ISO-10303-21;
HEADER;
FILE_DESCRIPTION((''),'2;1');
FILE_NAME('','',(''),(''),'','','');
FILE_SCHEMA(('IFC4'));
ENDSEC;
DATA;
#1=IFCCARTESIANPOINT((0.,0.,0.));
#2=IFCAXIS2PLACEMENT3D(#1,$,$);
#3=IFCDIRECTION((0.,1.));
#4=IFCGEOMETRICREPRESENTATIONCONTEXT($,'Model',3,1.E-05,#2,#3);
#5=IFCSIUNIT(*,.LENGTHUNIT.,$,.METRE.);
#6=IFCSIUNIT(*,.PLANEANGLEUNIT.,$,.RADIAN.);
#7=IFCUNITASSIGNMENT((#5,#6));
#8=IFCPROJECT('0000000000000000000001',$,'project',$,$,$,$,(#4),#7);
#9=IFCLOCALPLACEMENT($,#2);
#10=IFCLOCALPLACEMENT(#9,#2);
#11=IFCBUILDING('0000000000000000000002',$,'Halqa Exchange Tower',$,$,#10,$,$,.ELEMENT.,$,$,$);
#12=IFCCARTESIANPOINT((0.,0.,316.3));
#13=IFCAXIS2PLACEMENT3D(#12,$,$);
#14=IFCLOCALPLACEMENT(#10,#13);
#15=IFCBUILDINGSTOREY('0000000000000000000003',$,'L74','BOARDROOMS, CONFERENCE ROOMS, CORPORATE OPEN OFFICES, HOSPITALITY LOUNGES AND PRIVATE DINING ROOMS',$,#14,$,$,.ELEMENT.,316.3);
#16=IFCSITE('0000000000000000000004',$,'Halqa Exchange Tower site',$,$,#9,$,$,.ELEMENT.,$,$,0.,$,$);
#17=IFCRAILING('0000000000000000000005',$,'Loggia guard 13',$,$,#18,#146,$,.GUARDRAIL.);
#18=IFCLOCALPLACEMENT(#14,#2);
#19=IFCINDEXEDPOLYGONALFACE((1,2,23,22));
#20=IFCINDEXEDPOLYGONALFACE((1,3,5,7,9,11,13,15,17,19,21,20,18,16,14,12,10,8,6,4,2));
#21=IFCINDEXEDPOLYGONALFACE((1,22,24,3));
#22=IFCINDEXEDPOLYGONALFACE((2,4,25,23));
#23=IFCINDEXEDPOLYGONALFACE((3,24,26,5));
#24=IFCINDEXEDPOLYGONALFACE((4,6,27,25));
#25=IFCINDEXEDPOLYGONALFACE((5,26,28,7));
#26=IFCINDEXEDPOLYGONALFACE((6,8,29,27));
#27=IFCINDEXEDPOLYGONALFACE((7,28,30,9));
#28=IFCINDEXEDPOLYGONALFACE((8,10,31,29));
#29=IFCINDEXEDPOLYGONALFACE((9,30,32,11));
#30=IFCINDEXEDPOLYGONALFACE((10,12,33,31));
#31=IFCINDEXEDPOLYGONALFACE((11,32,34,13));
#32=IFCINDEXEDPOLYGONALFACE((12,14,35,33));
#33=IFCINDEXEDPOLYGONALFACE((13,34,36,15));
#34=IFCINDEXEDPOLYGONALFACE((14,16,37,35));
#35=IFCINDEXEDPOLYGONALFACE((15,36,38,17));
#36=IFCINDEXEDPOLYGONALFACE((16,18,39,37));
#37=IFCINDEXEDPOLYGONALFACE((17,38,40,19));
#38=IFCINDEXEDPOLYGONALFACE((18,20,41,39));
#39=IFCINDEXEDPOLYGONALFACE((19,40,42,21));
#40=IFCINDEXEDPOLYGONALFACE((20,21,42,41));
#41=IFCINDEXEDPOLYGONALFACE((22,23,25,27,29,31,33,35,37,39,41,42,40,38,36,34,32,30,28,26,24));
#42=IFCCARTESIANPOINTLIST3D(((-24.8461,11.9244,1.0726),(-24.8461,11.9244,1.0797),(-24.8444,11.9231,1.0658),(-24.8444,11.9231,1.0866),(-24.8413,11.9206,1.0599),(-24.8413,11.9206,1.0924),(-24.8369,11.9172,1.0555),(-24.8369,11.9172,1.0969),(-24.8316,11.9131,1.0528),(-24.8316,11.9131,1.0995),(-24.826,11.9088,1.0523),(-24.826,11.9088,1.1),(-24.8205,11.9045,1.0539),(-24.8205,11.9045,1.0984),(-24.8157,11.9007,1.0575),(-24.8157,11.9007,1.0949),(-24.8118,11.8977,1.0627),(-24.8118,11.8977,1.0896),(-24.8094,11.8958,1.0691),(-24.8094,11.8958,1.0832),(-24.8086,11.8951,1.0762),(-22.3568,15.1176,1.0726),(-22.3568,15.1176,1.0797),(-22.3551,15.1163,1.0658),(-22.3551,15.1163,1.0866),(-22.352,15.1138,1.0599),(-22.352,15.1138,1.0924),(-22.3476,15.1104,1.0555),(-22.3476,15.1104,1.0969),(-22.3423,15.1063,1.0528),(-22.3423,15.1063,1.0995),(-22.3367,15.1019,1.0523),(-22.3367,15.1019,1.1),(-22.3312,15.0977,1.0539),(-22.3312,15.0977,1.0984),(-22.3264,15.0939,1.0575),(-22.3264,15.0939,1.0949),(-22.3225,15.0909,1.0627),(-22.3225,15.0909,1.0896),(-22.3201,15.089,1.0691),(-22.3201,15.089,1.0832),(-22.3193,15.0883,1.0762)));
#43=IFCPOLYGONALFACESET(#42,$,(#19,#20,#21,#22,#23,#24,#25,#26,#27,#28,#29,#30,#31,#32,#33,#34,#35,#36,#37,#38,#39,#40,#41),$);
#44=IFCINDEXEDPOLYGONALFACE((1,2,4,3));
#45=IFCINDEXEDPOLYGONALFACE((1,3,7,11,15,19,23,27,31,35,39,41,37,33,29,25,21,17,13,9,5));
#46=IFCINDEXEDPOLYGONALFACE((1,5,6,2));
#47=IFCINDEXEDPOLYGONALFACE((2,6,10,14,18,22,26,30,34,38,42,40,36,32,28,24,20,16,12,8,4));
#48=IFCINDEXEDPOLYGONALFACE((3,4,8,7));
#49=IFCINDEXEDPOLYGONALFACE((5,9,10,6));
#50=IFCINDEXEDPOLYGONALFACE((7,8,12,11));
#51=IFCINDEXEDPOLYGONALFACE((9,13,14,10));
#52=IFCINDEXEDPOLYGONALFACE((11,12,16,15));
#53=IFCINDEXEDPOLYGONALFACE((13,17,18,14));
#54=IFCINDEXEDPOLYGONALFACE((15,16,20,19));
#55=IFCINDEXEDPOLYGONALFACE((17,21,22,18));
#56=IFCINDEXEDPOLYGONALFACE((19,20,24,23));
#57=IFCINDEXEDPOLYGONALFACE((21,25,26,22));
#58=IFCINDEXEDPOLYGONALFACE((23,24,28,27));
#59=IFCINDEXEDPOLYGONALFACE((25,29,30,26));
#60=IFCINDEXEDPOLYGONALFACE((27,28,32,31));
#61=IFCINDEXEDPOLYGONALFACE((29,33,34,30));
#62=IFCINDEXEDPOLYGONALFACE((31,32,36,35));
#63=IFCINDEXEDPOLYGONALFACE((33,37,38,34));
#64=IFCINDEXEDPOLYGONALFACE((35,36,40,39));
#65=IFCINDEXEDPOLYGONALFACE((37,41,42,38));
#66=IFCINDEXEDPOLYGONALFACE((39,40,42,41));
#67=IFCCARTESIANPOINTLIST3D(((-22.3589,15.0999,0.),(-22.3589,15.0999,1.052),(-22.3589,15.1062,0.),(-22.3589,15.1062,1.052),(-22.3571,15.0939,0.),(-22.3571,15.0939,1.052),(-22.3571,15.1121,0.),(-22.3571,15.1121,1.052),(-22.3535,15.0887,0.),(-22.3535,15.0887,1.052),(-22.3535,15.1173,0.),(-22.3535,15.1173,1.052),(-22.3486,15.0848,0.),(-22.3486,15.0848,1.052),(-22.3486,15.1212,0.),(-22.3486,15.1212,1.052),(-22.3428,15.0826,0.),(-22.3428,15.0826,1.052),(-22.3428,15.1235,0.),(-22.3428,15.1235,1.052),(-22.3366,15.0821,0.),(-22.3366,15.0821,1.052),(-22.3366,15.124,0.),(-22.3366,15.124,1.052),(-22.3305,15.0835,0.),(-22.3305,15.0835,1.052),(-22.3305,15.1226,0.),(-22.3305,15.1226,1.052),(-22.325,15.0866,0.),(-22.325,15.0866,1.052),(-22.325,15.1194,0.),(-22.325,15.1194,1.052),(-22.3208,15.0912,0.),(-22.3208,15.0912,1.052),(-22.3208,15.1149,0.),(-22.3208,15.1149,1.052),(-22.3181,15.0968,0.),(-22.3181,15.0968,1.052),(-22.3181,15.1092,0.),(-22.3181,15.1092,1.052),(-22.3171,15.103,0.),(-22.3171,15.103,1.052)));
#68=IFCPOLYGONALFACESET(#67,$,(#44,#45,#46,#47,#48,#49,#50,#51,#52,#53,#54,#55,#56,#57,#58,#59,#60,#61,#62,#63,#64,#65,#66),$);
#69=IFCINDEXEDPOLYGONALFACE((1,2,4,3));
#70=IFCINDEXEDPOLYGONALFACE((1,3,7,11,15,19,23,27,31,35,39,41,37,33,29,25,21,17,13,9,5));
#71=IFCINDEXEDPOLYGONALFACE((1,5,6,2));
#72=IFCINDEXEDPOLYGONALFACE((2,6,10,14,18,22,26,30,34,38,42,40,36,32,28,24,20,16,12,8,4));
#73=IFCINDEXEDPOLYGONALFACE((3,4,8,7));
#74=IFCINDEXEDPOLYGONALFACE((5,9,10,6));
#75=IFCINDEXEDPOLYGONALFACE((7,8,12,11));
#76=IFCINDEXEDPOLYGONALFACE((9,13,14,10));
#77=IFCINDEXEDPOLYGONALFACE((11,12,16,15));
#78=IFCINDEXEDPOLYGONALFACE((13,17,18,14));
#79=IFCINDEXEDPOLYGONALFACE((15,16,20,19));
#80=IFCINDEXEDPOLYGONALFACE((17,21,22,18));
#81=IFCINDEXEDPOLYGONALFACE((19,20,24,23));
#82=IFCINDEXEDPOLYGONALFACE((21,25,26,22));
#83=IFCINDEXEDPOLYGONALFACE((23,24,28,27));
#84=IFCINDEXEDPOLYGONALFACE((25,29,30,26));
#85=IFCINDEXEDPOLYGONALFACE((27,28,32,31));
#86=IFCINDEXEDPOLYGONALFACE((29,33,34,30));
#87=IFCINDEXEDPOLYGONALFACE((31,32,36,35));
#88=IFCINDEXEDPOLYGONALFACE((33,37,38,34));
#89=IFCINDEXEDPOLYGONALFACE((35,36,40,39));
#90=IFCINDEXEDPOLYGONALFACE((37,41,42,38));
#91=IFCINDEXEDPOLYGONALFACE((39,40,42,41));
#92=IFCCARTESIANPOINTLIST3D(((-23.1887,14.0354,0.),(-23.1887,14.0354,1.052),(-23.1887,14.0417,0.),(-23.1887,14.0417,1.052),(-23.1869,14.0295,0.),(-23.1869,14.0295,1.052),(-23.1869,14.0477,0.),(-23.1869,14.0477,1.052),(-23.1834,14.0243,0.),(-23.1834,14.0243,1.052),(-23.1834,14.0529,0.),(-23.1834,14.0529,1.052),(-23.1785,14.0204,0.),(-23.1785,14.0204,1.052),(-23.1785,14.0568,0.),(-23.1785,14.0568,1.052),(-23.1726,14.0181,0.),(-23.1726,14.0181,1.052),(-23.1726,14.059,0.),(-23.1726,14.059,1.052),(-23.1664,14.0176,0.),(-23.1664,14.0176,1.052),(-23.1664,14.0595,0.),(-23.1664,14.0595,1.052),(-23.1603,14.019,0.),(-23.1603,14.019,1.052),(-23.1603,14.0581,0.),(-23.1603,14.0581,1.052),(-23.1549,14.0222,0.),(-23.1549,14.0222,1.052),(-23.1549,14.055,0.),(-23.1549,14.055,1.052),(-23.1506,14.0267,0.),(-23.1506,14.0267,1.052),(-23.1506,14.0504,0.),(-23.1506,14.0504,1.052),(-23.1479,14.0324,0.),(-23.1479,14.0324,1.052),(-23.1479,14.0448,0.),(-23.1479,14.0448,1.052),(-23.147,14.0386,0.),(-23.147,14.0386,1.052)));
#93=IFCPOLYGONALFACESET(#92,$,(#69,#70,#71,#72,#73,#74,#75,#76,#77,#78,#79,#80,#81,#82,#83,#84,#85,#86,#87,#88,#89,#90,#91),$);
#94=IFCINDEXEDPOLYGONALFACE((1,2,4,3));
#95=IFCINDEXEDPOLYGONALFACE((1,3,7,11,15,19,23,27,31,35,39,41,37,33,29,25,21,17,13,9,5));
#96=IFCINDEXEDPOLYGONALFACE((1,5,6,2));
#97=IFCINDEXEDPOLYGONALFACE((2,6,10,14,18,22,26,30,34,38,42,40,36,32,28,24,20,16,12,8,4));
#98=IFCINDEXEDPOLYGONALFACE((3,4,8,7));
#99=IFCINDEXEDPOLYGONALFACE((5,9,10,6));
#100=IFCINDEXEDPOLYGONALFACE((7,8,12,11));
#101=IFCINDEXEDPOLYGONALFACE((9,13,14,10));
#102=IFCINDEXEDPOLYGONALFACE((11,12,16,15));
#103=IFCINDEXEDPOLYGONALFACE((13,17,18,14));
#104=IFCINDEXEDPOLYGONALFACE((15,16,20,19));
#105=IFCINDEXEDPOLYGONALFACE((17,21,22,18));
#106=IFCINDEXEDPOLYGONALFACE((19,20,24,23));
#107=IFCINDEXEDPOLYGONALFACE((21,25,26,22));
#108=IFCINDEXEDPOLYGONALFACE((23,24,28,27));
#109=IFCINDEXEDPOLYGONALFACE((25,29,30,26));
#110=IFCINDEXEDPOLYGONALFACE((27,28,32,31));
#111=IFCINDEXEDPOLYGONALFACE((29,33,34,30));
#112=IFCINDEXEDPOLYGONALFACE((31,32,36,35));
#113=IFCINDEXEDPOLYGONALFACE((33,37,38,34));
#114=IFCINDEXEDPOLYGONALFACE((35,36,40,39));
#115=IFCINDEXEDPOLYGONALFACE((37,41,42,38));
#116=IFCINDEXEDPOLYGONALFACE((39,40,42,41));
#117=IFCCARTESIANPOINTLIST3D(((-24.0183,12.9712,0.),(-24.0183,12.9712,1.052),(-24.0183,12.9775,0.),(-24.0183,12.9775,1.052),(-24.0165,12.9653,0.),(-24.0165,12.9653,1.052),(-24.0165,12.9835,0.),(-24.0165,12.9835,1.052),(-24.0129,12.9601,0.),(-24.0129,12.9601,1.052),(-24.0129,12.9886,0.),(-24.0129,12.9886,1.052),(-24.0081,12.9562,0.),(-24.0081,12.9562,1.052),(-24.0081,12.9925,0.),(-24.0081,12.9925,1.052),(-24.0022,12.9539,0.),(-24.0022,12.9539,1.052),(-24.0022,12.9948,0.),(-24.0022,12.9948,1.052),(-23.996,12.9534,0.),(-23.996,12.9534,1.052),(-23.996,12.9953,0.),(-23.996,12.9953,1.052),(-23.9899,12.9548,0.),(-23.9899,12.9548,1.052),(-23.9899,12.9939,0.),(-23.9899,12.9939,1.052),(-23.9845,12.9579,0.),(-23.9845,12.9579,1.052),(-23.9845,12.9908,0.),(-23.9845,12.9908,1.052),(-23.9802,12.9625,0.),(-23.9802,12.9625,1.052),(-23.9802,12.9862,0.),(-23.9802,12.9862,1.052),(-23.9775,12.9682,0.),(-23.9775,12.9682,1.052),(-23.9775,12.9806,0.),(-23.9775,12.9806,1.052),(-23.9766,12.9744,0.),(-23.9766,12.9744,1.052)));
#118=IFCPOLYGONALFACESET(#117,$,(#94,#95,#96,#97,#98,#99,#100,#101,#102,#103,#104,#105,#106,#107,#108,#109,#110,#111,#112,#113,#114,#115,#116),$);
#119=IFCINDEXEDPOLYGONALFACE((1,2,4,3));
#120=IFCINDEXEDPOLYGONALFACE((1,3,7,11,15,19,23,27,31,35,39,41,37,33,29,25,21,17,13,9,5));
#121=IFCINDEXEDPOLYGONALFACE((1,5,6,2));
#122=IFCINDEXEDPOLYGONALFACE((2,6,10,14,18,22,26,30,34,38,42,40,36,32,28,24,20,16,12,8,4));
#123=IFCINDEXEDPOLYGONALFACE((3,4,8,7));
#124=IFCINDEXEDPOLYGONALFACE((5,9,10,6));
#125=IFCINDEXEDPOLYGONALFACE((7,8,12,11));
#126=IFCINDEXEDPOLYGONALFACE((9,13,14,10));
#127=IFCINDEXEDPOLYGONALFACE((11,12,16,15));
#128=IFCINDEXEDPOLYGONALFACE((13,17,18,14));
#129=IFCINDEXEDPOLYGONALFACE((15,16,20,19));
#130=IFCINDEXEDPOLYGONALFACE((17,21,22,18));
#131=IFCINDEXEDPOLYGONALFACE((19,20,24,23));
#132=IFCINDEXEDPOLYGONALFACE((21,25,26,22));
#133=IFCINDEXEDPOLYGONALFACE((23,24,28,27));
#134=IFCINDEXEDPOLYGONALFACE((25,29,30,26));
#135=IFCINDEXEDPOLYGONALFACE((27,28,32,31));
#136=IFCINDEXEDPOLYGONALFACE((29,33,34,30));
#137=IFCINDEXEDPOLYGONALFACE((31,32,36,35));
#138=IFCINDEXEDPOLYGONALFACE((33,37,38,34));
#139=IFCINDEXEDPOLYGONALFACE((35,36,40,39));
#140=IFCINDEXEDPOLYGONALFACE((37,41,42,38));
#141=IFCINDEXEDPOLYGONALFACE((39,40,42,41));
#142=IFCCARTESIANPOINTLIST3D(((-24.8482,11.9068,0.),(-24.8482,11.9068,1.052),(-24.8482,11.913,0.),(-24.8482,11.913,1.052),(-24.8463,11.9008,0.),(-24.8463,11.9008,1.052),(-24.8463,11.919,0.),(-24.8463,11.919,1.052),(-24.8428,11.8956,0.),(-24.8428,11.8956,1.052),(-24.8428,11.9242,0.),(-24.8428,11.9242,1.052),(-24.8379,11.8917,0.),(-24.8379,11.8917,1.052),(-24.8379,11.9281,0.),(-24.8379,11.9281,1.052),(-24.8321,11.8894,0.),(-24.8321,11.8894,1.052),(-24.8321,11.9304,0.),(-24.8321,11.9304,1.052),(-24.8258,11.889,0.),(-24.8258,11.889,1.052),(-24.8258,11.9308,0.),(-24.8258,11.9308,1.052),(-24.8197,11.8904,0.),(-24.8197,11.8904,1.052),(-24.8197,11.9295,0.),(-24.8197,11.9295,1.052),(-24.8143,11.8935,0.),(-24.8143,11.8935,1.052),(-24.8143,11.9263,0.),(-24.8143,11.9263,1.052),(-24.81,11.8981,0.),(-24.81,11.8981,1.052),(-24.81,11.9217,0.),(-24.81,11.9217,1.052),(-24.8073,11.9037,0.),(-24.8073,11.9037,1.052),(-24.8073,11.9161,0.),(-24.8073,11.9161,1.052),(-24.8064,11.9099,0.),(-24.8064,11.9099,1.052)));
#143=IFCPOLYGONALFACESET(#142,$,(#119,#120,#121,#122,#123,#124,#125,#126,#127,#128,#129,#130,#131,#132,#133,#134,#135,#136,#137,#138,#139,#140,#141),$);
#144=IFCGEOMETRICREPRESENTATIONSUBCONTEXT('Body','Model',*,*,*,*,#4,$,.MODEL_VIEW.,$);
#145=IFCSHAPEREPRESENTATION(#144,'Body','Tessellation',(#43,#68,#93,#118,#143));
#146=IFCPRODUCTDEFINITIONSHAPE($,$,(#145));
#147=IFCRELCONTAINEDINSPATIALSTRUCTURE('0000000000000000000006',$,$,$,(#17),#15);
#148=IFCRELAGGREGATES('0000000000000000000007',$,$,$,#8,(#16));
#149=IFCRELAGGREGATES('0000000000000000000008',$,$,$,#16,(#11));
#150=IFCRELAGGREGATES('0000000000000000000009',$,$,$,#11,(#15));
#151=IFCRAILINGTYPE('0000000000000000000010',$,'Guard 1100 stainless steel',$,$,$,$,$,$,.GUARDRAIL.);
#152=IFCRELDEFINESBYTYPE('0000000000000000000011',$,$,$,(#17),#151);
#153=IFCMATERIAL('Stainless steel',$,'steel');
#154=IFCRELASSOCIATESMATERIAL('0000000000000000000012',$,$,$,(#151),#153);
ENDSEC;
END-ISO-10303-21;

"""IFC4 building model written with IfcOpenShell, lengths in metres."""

from ifc_helpers import new_model, si_unit, direction, frame, origin, origin_2d, place, context, subcontext, project, spatial, circle, extrude, material, type_object, element, save


model = new_model("IFC4")

# Units and contexts
model_context = context("Model", 3, precision=1e-05, world=origin(), true_north=direction((0.0, 1.0)))
body_context = subcontext(model_context, "Body", "Model", "MODEL_VIEW")
ifc_project = project(units=[si_unit("LENGTHUNIT", "METRE"), si_unit("PLANEANGLEUNIT", "RADIAN")], contexts=[model_context])

# Site, building, storey
site_placement = place(None, origin())
site = spatial("IfcSite", under=ifc_project, at=site_placement, Name="Halqa Exchange Tower site", CompositionType="ELEMENT", RefElevation=0.0)
building_placement = place(site_placement, origin())
building = spatial("IfcBuilding", under=site, at=building_placement, Name="Halqa Exchange Tower", CompositionType="ELEMENT")
storey_placement = place(building_placement, frame((0.0, 0.0, 316.3)))
storey = spatial("IfcBuildingStorey", under=building, at=storey_placement, Name="L74", Description="BOARDROOMS, CONFERENCE ROOMS, CORPORATE OPEN OFFICES, HOSPITALITY LOUNGES AND PRIVATE DINING ROOMS", CompositionType="ELEMENT", Elevation=316.3)

# Railing
ifc_material_1 = material(Name="Stainless steel", Category="steel")
railing_type = type_object("IfcRailingType", Name="Guard 1100 stainless steel", PredefinedType="GUARDRAIL", material=ifc_material_1)
railing_1_placement = place(storey_placement, frame((-22.3381, 15.103, 0.0)))
element("IfcRailing", 1, at=railing_1_placement, inside=storey, type_object=railing_type, Name="Loggia guard 13", PredefinedType="GUARDRAIL", context=body_context, shape_type="SweptSolid", body=[
    extrude(circle(Radius=0.0239, at=origin_2d()), frame((0.0, 0.0, 1.0762), z_axis=(-0.614821, -0.788667, 0.0), x_axis=(0.788667, -0.614821, 0.0)), (0.0, 0.0, 1.0), 4.0488),
    extrude(circle(Radius=0.021, at=origin_2d()), origin(), (0.0, 0.0, 1.0), 1.052),
    extrude(circle(Radius=0.021, at=origin_2d()), frame((-0.8298, -1.0645, 0.0)), (0.0, 0.0, 1.0), 1.052),
    extrude(circle(Radius=0.021, at=origin_2d()), frame((-1.6594, -2.1287, 0.0)), (0.0, 0.0, 1.0), 1.052),
    extrude(circle(Radius=0.021, at=origin_2d()), frame((-2.4893, -3.1931, 0.0)), (0.0, 0.0, 1.0), 1.052),
])

save(model, "model.ifc")
